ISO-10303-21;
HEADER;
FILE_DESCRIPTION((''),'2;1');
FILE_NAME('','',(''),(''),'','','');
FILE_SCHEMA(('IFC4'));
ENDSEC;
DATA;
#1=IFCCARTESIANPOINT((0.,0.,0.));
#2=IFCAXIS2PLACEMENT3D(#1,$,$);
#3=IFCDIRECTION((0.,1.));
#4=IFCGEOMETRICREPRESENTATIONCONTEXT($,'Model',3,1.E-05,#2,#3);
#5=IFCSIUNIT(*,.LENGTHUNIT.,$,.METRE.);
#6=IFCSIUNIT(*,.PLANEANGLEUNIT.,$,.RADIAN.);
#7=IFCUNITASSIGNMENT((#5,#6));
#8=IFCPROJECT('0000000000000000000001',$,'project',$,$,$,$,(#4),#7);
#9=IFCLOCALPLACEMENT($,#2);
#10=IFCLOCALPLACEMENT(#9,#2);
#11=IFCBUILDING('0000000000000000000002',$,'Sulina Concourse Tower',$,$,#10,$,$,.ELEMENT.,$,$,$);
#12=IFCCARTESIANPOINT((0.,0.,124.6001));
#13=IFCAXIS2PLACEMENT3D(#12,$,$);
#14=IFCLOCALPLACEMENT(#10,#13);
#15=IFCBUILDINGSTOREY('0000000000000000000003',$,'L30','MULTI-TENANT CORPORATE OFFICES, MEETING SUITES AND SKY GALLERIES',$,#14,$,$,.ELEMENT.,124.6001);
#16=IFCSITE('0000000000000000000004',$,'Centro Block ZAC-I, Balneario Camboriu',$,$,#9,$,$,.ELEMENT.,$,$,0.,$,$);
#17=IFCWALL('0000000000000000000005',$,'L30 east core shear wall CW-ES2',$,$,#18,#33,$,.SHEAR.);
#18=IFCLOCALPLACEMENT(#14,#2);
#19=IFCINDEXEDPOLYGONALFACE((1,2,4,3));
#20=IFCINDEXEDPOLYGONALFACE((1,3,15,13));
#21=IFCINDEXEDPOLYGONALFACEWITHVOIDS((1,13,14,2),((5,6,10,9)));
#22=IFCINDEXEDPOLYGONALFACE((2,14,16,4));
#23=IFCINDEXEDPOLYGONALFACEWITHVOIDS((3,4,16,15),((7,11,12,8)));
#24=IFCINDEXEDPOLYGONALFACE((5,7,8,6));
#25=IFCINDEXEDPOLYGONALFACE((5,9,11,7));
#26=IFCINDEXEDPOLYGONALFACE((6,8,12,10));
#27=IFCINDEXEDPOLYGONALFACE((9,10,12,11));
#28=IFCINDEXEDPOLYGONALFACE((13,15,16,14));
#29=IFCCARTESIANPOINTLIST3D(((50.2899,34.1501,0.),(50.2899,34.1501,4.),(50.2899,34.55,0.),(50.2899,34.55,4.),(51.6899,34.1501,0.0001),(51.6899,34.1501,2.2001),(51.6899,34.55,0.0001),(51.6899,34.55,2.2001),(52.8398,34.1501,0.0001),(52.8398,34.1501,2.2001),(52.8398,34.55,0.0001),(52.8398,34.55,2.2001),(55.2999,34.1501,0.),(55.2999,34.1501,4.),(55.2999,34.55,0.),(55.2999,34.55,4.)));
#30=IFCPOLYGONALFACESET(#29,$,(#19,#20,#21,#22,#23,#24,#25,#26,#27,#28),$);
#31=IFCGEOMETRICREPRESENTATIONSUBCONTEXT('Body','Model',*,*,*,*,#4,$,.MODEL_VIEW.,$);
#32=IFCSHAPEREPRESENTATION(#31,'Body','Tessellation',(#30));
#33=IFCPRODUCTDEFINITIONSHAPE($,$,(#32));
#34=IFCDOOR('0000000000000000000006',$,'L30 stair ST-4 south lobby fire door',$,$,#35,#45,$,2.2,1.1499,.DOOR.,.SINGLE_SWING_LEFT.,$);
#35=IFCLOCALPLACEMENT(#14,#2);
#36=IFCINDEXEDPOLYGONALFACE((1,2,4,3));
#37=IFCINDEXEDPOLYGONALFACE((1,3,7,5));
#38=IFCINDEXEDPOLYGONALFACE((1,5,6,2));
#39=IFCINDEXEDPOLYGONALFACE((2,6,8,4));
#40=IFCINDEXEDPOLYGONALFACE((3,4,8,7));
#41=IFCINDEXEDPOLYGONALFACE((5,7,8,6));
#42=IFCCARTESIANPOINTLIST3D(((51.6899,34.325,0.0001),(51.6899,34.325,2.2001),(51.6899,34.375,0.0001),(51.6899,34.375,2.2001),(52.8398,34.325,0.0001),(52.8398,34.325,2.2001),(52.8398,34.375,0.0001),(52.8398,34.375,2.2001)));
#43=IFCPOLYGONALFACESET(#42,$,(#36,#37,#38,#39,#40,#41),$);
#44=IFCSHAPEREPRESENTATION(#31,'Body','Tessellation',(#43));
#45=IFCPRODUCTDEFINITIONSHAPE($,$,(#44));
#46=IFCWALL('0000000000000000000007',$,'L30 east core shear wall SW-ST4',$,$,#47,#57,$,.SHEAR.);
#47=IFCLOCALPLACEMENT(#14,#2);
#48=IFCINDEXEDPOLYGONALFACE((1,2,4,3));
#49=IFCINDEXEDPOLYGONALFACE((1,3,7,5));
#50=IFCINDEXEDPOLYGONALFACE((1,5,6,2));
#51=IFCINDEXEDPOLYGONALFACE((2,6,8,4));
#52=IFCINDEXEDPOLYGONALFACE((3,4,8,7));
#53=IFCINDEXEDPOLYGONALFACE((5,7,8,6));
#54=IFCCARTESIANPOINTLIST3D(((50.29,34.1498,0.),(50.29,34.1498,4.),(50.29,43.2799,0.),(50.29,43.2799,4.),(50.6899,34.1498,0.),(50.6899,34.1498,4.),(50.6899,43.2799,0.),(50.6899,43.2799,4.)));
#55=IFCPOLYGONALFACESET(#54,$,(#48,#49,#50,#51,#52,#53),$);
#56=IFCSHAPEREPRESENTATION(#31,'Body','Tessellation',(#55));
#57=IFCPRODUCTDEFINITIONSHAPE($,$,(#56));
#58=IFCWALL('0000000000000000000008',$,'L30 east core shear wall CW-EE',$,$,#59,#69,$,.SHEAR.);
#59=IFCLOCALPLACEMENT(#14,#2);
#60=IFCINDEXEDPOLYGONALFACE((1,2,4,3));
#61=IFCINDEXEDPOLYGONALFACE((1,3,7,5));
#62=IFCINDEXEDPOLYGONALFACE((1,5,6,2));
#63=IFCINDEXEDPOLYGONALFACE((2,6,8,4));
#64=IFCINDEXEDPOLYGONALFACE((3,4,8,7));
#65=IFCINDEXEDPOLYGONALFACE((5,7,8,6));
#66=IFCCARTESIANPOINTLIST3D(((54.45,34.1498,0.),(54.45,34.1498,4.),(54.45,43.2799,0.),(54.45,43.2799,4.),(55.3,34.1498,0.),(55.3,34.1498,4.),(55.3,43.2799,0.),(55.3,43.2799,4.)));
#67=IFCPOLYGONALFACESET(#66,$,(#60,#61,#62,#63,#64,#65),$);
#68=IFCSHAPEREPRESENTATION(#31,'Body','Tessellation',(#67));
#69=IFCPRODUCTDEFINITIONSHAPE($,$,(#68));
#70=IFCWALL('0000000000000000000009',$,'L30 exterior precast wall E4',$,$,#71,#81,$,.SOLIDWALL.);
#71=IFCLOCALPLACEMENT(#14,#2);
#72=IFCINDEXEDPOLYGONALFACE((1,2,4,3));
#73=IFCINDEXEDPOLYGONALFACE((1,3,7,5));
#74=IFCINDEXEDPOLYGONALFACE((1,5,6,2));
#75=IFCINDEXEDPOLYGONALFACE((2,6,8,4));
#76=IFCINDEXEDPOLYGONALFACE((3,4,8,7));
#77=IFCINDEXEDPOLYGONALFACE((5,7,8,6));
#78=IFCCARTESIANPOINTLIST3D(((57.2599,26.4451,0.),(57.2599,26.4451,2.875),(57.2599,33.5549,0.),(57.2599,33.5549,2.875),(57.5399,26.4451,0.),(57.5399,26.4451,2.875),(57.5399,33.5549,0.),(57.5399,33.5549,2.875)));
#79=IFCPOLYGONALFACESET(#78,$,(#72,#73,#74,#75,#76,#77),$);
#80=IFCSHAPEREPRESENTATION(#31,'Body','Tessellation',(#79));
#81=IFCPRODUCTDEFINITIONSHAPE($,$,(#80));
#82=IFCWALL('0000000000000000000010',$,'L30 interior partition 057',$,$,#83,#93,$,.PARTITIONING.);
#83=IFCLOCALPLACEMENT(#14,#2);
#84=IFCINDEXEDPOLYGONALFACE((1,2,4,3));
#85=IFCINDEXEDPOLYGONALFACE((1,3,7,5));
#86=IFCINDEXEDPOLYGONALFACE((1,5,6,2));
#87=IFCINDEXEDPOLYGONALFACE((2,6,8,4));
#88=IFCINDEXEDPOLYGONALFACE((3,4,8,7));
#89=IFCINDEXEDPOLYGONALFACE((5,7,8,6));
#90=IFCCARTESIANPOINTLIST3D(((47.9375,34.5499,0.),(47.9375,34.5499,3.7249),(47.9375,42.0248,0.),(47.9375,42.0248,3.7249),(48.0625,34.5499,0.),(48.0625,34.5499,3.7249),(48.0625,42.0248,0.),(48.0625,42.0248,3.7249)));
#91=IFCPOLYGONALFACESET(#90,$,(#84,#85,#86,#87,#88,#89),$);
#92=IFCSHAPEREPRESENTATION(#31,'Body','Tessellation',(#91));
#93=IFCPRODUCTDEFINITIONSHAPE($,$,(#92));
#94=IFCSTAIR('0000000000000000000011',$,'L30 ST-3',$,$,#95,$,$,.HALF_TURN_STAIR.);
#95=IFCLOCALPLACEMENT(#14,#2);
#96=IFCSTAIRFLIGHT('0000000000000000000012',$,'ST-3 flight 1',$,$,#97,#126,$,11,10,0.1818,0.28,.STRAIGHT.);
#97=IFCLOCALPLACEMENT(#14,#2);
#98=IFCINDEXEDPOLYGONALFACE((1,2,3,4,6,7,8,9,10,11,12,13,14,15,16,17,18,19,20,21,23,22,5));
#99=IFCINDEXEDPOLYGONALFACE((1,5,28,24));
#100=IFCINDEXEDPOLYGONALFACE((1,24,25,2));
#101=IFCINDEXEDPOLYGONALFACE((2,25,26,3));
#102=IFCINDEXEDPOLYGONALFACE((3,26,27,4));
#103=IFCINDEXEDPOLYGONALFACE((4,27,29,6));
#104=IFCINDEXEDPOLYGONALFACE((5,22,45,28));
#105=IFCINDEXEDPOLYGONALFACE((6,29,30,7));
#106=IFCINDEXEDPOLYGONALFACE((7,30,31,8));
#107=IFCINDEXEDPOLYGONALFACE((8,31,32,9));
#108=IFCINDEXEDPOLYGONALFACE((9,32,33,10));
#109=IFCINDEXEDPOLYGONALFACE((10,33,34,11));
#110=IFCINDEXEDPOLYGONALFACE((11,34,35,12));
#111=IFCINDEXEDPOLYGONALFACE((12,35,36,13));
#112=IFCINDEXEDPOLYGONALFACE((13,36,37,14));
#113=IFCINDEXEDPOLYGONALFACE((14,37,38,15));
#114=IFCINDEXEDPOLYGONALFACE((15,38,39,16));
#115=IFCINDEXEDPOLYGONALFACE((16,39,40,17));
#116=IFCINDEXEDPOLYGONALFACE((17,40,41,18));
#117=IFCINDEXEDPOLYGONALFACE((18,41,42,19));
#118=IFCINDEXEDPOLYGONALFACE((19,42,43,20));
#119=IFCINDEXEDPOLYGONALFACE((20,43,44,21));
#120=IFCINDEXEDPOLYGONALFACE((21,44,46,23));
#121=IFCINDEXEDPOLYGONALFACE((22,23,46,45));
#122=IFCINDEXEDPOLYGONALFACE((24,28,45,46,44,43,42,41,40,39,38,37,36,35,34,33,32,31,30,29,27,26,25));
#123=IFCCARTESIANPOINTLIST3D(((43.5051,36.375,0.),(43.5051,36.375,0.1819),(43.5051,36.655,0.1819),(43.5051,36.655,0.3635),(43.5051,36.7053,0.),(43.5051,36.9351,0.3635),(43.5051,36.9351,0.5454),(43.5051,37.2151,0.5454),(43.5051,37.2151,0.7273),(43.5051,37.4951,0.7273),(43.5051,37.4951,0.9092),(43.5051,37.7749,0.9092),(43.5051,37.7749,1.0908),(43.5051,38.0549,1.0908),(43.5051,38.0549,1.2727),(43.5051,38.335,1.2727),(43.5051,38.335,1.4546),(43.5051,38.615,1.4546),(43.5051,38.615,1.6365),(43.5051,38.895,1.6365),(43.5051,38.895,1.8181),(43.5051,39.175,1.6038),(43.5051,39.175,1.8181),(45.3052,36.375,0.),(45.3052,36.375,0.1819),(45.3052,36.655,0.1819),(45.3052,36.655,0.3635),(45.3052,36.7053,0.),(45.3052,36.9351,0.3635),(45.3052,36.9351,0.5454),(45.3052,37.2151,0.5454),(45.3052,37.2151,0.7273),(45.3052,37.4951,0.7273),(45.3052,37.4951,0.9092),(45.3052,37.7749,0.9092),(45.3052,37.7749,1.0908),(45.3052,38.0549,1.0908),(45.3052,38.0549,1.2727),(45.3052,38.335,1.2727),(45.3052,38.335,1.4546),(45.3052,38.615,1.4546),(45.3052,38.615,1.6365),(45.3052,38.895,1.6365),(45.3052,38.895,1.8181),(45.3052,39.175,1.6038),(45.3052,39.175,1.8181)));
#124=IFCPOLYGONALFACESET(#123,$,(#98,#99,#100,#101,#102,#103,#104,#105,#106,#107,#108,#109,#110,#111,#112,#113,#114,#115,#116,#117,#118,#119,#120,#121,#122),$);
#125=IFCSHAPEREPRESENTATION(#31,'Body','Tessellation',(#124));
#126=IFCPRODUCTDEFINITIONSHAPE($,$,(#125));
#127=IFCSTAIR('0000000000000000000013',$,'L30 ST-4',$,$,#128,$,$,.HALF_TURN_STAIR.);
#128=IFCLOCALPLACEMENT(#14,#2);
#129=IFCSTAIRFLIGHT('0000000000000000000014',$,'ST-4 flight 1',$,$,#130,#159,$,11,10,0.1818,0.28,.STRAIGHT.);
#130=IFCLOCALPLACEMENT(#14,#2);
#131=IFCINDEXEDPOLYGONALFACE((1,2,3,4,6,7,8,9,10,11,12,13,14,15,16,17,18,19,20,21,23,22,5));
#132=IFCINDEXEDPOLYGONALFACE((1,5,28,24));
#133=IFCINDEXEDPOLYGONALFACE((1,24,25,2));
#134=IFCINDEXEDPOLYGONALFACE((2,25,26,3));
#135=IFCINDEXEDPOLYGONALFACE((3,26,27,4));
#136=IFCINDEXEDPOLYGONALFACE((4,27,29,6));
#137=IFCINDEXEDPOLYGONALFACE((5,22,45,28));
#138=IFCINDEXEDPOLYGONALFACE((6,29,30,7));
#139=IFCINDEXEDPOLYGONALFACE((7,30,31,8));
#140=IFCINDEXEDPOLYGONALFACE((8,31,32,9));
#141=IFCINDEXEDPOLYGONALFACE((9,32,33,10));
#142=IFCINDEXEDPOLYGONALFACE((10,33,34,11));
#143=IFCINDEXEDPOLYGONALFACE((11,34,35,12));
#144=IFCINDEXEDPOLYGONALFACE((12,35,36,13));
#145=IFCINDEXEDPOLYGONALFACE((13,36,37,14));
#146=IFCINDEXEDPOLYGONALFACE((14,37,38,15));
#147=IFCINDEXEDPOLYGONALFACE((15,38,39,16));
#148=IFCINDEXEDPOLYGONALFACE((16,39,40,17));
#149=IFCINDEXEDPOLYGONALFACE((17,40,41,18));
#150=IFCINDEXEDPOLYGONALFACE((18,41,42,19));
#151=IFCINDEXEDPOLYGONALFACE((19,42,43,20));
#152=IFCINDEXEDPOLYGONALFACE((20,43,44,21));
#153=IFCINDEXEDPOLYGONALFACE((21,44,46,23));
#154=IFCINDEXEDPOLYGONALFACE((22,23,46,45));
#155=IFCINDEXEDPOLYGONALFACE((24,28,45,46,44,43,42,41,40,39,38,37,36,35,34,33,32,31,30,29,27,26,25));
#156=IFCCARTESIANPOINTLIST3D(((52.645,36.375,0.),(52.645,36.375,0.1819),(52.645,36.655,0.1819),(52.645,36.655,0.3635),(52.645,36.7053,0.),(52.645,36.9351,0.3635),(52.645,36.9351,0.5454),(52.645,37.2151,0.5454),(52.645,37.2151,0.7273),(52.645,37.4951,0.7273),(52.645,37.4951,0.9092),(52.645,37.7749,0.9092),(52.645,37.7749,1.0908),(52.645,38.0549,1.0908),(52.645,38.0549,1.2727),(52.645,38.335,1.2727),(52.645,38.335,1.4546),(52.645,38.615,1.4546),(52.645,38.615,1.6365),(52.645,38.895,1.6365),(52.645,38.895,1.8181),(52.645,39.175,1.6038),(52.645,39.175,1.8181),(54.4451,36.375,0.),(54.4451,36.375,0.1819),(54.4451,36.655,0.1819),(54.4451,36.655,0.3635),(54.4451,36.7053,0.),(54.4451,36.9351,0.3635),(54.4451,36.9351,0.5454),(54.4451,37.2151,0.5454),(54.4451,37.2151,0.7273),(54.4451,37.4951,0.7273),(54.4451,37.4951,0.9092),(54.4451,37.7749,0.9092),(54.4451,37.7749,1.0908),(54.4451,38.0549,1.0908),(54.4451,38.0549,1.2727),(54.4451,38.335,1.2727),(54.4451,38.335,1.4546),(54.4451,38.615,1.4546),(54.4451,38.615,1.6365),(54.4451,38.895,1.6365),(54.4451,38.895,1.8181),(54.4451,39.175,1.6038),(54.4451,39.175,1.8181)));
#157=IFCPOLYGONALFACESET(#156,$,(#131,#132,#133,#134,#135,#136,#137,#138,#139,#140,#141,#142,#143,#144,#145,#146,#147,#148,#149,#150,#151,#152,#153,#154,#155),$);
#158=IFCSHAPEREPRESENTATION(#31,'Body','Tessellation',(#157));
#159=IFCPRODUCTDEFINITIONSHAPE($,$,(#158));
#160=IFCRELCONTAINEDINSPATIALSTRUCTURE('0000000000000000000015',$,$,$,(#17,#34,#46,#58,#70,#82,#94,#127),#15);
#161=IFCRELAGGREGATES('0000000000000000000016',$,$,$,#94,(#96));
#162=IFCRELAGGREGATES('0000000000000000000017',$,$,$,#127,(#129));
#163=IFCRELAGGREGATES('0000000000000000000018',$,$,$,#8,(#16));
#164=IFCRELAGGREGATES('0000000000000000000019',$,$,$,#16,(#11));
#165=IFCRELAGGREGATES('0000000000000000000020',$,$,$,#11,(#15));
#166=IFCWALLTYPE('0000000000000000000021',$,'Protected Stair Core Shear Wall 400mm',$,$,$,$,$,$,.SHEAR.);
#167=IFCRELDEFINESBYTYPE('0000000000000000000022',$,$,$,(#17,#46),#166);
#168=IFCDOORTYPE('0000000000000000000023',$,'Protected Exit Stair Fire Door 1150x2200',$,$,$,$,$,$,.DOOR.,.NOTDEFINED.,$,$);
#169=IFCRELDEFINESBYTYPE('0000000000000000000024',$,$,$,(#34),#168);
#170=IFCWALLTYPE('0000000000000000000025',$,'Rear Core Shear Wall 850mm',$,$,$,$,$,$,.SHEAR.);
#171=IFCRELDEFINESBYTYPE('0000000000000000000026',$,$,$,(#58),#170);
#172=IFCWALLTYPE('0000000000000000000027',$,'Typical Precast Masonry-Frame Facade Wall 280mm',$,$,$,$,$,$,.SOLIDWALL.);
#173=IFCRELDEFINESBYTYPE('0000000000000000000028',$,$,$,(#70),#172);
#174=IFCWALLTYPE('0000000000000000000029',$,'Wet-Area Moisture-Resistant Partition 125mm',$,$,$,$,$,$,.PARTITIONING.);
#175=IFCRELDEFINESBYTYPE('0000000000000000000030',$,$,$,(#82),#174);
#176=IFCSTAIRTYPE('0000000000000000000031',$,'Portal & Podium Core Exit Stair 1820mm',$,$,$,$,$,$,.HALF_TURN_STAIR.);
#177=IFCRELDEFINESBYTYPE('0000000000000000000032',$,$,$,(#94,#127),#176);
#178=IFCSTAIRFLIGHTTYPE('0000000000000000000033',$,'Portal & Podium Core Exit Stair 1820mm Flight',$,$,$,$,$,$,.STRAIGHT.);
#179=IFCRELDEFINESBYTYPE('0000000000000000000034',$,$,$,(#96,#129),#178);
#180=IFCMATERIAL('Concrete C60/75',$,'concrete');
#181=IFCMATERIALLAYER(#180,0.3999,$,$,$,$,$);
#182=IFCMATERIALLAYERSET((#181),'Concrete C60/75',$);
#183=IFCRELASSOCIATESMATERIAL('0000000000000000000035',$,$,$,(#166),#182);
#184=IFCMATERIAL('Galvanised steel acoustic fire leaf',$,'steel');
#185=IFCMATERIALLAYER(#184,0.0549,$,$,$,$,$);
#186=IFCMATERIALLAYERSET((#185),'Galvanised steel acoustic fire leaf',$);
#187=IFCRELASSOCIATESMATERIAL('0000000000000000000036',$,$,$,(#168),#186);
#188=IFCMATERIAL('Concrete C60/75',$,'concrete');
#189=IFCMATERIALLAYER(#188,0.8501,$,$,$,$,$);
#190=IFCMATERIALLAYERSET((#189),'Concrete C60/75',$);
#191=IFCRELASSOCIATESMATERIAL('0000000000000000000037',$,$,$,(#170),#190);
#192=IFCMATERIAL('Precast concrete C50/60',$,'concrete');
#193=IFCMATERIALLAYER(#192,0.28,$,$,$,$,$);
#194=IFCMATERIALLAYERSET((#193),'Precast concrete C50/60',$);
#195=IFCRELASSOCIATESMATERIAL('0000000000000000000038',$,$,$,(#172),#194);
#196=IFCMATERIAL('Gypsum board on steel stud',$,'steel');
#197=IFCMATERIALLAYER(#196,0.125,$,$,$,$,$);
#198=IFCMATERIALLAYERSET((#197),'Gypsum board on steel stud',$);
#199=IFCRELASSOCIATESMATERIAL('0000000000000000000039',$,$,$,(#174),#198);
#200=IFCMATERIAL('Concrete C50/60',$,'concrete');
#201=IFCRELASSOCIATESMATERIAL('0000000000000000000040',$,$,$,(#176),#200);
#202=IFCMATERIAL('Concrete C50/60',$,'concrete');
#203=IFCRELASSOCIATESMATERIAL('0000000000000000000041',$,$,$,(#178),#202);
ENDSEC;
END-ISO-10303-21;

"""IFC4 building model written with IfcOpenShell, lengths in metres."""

from ifc_helpers import new_model, si_unit, direction, frame, frame_2d, origin, place, context, subcontext, project, spatial, polyline, rectangle, outline, extrude, material, layer, layer_set, type_object, element, fill, aggregate, save


model = new_model("IFC4")

# Units and contexts
model_context = context("Model", 3, precision=1e-05, world=origin(), true_north=direction((0.0, 1.0)))
body_context = subcontext(model_context, "Body", "Model", "MODEL_VIEW")
ifc_project = project(units=[si_unit("LENGTHUNIT", "METRE"), si_unit("PLANEANGLEUNIT", "RADIAN")], contexts=[model_context])

# Site, building, storey
site_placement = place(None, origin())
site = spatial("IfcSite", under=ifc_project, at=site_placement, Name="Centro Block ZAC-I, Balneario Camboriu", CompositionType="ELEMENT", RefElevation=0.0)
building_placement = place(site_placement, origin())
building = spatial("IfcBuilding", under=site, at=building_placement, Name="Sulina Concourse Tower", CompositionType="ELEMENT")
storey_placement = place(building_placement, frame((0.0, 0.0, 124.6001)))
storey = spatial("IfcBuildingStorey", under=building, at=storey_placement, Name="L30", Description="MULTI-TENANT CORPORATE OFFICES, MEETING SUITES AND SKY GALLERIES", CompositionType="ELEMENT", Elevation=124.6001)

# Shared definitions
ifc_material_1 = material(Name="Concrete C60/75", Category="concrete")
ifc_layer_1 = layer(ifc_material_1, 0.3999)
ifc_layer_set_1 = layer_set([ifc_layer_1], Name="Concrete C60/75")
wall_type_1 = type_object("IfcWallType", Name="Protected Stair Core Shear Wall 400mm", PredefinedType="SHEAR", material=ifc_layer_set_1)

# Wall, opening, door
wall_1_placement = place(storey_placement, frame((50.29, 34.3501, 0.0), z_axis=(0.0, 0.0, 1.0), x_axis=(1.0, 0.0, 0.0)))
wall_1 = element("IfcWall", 1, at=wall_1_placement, inside=storey, type_object=wall_type_1, Name="L30 east core shear wall CW-ES2", PredefinedType="SHEAR", context=body_context, shape_type="SweptSolid", body=[
    extrude(rectangle(XDim=5.01, YDim=0.3999, at=frame_2d((2.5049, 0.0))), origin(), (0.0, 0.0, 1.0), 4.0),
])
opening_1_placement = place(wall_1_placement, frame((1.3999, 0.0, 0.0)))
opening_1 = element("IfcOpeningElement", 2, at=opening_1_placement, cuts=wall_1, PredefinedType="OPENING", context=body_context, shape_type="SweptSolid", body=[
    extrude(rectangle(XDim=1.1499, YDim=2.2, at=frame_2d((0.575, 1.1001))), frame((0.0, 0.21, 0.0), z_axis=(0.0, -1.0, 0.0), x_axis=(1.0, 0.0, 0.0)), (0.0, 0.0, 1.0), 0.4199),
])
ifc_material_2 = material(Name="Galvanised steel acoustic fire leaf", Category="steel")
ifc_layer_2 = layer(ifc_material_2, 0.0549)
ifc_layer_set_2 = layer_set([ifc_layer_2], Name="Galvanised steel acoustic fire leaf")
door_type_1 = type_object("IfcDoorType", Name="Protected Exit Stair Fire Door 1150x2200", OperationType="NOTDEFINED", PredefinedType="DOOR", material=ifc_layer_set_2)
door_1_placement = place(opening_1_placement, origin())
door_1 = element("IfcDoor", 3, at=door_1_placement, inside=storey, type_object=door_type_1, Name="L30 stair ST-4 south lobby fire door", OperationType="SINGLE_SWING_LEFT", OverallHeight=2.2, OverallWidth=1.1499, PredefinedType="DOOR", context=body_context, shape_type="SweptSolid", body=[
    extrude(rectangle(XDim=1.1499, YDim=2.2, at=frame_2d((0.575, 1.1001))), frame((0.0, 0.0249, 0.0), z_axis=(0.0, -1.0, 0.0), x_axis=(1.0, 0.0, 0.0)), (0.0, 0.0, 1.0), 0.05),
])
fill(opening_1, door_1)

# Walls
wall_2_placement = place(storey_placement, frame((50.49, 34.1499, 0.0), z_axis=(0.0, 0.0, 1.0), x_axis=(0.0, 1.0, 0.0)))
element("IfcWall", 4, at=wall_2_placement, inside=storey, type_object=wall_type_1, Name="L30 east core shear wall SW-ST4", PredefinedType="SHEAR", context=body_context, shape_type="SweptSolid", body=[
    extrude(rectangle(XDim=9.1301, YDim=0.3999, at=frame_2d((4.5649, 0.0))), origin(), (0.0, 0.0, 1.0), 4.0),
])
ifc_material_3 = material(Name="Concrete C60/75", Category="concrete")
ifc_layer_3 = layer(ifc_material_3, 0.8501)
ifc_layer_set_3 = layer_set([ifc_layer_3], Name="Concrete C60/75")
wall_type_2 = type_object("IfcWallType", Name="Rear Core Shear Wall 850mm", PredefinedType="SHEAR", material=ifc_layer_set_3)
wall_3_placement = place(storey_placement, frame((54.875, 34.1499, 0.0), z_axis=(0.0, 0.0, 1.0), x_axis=(0.0, 1.0, 0.0)))
element("IfcWall", 5, at=wall_3_placement, inside=storey, type_object=wall_type_2, Name="L30 east core shear wall CW-EE", PredefinedType="SHEAR", context=body_context, shape_type="SweptSolid", body=[
    extrude(rectangle(XDim=9.1301, YDim=0.8501, at=frame_2d((4.5649, 0.0))), origin(), (0.0, 0.0, 1.0), 4.0),
])
ifc_material_4 = material(Name="Precast concrete C50/60", Category="concrete")
ifc_layer_4 = layer(ifc_material_4, 0.28)
ifc_layer_set_4 = layer_set([ifc_layer_4], Name="Precast concrete C50/60")
wall_type_3 = type_object("IfcWallType", Name="Typical Precast Masonry-Frame Facade Wall 280mm", PredefinedType="SOLIDWALL", material=ifc_layer_set_4)
wall_4_placement = place(storey_placement, frame((57.3999, 33.5549, 0.0), z_axis=(0.0, 0.0, 1.0), x_axis=(0.0, -1.0, 0.0)))
element("IfcWall", 6, at=wall_4_placement, inside=storey, type_object=wall_type_3, Name="L30 exterior precast wall E4", PredefinedType="SOLIDWALL", context=body_context, shape_type="SweptSolid", body=[
    extrude(rectangle(XDim=7.1099, YDim=0.28, at=frame_2d((3.5549, 0.0))), origin(), (0.0, 0.0, 1.0), 2.875),
])
ifc_material_5 = material(Name="Gypsum board on steel stud", Category="steel")
ifc_layer_5 = layer(ifc_material_5, 0.125)
ifc_layer_set_5 = layer_set([ifc_layer_5], Name="Gypsum board on steel stud")
wall_type_4 = type_object("IfcWallType", Name="Wet-Area Moisture-Resistant Partition 125mm", PredefinedType="PARTITIONING", material=ifc_layer_set_5)
wall_5_placement = place(storey_placement, frame((48.0, 34.55, 0.0), z_axis=(0.0, 0.0, 1.0), x_axis=(0.0, 1.0, 0.0)))
element("IfcWall", 7, at=wall_5_placement, inside=storey, type_object=wall_type_4, Name="L30 interior partition 057", PredefinedType="PARTITIONING", context=body_context, shape_type="SweptSolid", body=[
    extrude(rectangle(XDim=7.4749, YDim=0.125, at=frame_2d((3.7373, 0.0))), origin(), (0.0, 0.0, 1.0), 3.7249),
])

# Stairs, stair flights
ifc_material_6 = material(Name="Concrete C50/60", Category="concrete")
stair_type = type_object("IfcStairType", Name="Portal & Podium Core Exit Stair 1820mm", PredefinedType="HALF_TURN_STAIR", material=ifc_material_6)
stair_1_placement = place(storey_placement, origin())
stair_1 = element("IfcStair", 8, at=stair_1_placement, inside=storey, type_object=stair_type, Name="L30 ST-3", PredefinedType="HALF_TURN_STAIR")
ifc_material_7 = material(Name="Concrete C50/60", Category="concrete")
stair_flight_type = type_object("IfcStairFlightType", Name="Portal & Podium Core Exit Stair 1820mm Flight", PredefinedType="STRAIGHT", material=ifc_material_7)
stair_flight_1_placement = place(storey_placement, frame((44.405, 36.375, 0.0), z_axis=(0.0, 0.0, 1.0), x_axis=(0.0, 1.0, 0.0)))
stair_flight_1 = element("IfcStairFlight", 9, at=stair_flight_1_placement, type_object=stair_flight_type, Name="ST-3 flight 1", NumberOfRisers=11, NumberOfTreads=10, PredefinedType="STRAIGHT", RiserHeight=0.1818, TreadLength=0.28, context=body_context, shape_type="SweptSolid", body=[
    extrude(outline(polyline([(0.0, 0.0), (0.0, 0.1819), (0.28, 0.1819), (0.28, 0.3635), (0.5601, 0.3635), (0.5601, 0.5454), (0.8401, 0.5454), (0.8401, 0.7273), (1.1201, 0.7273), (1.1201, 0.9092), (1.3999, 0.9092), (1.3999, 1.0908), (1.6799, 1.0908), (1.6799, 1.2727), (1.96, 1.2727), (1.96, 1.4546), (2.24, 1.4546), (2.24, 1.6365), (2.52, 1.6365), (2.52, 1.8181), (2.8, 1.8181), (2.8, 2.0), (2.8, 1.6038), (0.3303, 0.0), (0.0, 0.0)])), frame((0.0, 0.8999, 0.0), z_axis=(0.0, -1.0, 0.0), x_axis=(1.0, 0.0, 0.0)), (0.0, 0.0, 1.0), 1.8),
])
aggregate(stair_1, [stair_flight_1])
stair_2_placement = place(storey_placement, origin())
stair_2 = element("IfcStair", 10, at=stair_2_placement, inside=storey, type_object=stair_type, Name="L30 ST-4", PredefinedType="HALF_TURN_STAIR")
stair_flight_2_placement = place(storey_placement, frame((53.5449, 36.375, 0.0), z_axis=(0.0, 0.0, 1.0), x_axis=(0.0, 1.0, 0.0)))
stair_flight_2 = element("IfcStairFlight", 11, at=stair_flight_2_placement, type_object=stair_flight_type, Name="ST-4 flight 1", NumberOfRisers=11, NumberOfTreads=10, PredefinedType="STRAIGHT", RiserHeight=0.1818, TreadLength=0.28, context=body_context, shape_type="SweptSolid", body=[
    extrude(outline(polyline([(0.0, 0.0), (0.0, 0.1819), (0.28, 0.1819), (0.28, 0.3635), (0.5601, 0.3635), (0.5601, 0.5454), (0.8401, 0.5454), (0.8401, 0.7273), (1.1201, 0.7273), (1.1201, 0.9092), (1.3999, 0.9092), (1.3999, 1.0908), (1.6799, 1.0908), (1.6799, 1.2727), (1.96, 1.2727), (1.96, 1.4546), (2.24, 1.4546), (2.24, 1.6365), (2.52, 1.6365), (2.52, 1.8181), (2.8, 1.8181), (2.8, 2.0), (2.8, 1.6038), (0.3303, 0.0), (0.0, 0.0)])), frame((0.0, 0.8999, 0.0), z_axis=(0.0, -1.0, 0.0), x_axis=(1.0, 0.0, 0.0)), (0.0, 0.0, 1.0), 1.8),
])
aggregate(stair_2, [stair_flight_2])

save(model, "model.ifc")
